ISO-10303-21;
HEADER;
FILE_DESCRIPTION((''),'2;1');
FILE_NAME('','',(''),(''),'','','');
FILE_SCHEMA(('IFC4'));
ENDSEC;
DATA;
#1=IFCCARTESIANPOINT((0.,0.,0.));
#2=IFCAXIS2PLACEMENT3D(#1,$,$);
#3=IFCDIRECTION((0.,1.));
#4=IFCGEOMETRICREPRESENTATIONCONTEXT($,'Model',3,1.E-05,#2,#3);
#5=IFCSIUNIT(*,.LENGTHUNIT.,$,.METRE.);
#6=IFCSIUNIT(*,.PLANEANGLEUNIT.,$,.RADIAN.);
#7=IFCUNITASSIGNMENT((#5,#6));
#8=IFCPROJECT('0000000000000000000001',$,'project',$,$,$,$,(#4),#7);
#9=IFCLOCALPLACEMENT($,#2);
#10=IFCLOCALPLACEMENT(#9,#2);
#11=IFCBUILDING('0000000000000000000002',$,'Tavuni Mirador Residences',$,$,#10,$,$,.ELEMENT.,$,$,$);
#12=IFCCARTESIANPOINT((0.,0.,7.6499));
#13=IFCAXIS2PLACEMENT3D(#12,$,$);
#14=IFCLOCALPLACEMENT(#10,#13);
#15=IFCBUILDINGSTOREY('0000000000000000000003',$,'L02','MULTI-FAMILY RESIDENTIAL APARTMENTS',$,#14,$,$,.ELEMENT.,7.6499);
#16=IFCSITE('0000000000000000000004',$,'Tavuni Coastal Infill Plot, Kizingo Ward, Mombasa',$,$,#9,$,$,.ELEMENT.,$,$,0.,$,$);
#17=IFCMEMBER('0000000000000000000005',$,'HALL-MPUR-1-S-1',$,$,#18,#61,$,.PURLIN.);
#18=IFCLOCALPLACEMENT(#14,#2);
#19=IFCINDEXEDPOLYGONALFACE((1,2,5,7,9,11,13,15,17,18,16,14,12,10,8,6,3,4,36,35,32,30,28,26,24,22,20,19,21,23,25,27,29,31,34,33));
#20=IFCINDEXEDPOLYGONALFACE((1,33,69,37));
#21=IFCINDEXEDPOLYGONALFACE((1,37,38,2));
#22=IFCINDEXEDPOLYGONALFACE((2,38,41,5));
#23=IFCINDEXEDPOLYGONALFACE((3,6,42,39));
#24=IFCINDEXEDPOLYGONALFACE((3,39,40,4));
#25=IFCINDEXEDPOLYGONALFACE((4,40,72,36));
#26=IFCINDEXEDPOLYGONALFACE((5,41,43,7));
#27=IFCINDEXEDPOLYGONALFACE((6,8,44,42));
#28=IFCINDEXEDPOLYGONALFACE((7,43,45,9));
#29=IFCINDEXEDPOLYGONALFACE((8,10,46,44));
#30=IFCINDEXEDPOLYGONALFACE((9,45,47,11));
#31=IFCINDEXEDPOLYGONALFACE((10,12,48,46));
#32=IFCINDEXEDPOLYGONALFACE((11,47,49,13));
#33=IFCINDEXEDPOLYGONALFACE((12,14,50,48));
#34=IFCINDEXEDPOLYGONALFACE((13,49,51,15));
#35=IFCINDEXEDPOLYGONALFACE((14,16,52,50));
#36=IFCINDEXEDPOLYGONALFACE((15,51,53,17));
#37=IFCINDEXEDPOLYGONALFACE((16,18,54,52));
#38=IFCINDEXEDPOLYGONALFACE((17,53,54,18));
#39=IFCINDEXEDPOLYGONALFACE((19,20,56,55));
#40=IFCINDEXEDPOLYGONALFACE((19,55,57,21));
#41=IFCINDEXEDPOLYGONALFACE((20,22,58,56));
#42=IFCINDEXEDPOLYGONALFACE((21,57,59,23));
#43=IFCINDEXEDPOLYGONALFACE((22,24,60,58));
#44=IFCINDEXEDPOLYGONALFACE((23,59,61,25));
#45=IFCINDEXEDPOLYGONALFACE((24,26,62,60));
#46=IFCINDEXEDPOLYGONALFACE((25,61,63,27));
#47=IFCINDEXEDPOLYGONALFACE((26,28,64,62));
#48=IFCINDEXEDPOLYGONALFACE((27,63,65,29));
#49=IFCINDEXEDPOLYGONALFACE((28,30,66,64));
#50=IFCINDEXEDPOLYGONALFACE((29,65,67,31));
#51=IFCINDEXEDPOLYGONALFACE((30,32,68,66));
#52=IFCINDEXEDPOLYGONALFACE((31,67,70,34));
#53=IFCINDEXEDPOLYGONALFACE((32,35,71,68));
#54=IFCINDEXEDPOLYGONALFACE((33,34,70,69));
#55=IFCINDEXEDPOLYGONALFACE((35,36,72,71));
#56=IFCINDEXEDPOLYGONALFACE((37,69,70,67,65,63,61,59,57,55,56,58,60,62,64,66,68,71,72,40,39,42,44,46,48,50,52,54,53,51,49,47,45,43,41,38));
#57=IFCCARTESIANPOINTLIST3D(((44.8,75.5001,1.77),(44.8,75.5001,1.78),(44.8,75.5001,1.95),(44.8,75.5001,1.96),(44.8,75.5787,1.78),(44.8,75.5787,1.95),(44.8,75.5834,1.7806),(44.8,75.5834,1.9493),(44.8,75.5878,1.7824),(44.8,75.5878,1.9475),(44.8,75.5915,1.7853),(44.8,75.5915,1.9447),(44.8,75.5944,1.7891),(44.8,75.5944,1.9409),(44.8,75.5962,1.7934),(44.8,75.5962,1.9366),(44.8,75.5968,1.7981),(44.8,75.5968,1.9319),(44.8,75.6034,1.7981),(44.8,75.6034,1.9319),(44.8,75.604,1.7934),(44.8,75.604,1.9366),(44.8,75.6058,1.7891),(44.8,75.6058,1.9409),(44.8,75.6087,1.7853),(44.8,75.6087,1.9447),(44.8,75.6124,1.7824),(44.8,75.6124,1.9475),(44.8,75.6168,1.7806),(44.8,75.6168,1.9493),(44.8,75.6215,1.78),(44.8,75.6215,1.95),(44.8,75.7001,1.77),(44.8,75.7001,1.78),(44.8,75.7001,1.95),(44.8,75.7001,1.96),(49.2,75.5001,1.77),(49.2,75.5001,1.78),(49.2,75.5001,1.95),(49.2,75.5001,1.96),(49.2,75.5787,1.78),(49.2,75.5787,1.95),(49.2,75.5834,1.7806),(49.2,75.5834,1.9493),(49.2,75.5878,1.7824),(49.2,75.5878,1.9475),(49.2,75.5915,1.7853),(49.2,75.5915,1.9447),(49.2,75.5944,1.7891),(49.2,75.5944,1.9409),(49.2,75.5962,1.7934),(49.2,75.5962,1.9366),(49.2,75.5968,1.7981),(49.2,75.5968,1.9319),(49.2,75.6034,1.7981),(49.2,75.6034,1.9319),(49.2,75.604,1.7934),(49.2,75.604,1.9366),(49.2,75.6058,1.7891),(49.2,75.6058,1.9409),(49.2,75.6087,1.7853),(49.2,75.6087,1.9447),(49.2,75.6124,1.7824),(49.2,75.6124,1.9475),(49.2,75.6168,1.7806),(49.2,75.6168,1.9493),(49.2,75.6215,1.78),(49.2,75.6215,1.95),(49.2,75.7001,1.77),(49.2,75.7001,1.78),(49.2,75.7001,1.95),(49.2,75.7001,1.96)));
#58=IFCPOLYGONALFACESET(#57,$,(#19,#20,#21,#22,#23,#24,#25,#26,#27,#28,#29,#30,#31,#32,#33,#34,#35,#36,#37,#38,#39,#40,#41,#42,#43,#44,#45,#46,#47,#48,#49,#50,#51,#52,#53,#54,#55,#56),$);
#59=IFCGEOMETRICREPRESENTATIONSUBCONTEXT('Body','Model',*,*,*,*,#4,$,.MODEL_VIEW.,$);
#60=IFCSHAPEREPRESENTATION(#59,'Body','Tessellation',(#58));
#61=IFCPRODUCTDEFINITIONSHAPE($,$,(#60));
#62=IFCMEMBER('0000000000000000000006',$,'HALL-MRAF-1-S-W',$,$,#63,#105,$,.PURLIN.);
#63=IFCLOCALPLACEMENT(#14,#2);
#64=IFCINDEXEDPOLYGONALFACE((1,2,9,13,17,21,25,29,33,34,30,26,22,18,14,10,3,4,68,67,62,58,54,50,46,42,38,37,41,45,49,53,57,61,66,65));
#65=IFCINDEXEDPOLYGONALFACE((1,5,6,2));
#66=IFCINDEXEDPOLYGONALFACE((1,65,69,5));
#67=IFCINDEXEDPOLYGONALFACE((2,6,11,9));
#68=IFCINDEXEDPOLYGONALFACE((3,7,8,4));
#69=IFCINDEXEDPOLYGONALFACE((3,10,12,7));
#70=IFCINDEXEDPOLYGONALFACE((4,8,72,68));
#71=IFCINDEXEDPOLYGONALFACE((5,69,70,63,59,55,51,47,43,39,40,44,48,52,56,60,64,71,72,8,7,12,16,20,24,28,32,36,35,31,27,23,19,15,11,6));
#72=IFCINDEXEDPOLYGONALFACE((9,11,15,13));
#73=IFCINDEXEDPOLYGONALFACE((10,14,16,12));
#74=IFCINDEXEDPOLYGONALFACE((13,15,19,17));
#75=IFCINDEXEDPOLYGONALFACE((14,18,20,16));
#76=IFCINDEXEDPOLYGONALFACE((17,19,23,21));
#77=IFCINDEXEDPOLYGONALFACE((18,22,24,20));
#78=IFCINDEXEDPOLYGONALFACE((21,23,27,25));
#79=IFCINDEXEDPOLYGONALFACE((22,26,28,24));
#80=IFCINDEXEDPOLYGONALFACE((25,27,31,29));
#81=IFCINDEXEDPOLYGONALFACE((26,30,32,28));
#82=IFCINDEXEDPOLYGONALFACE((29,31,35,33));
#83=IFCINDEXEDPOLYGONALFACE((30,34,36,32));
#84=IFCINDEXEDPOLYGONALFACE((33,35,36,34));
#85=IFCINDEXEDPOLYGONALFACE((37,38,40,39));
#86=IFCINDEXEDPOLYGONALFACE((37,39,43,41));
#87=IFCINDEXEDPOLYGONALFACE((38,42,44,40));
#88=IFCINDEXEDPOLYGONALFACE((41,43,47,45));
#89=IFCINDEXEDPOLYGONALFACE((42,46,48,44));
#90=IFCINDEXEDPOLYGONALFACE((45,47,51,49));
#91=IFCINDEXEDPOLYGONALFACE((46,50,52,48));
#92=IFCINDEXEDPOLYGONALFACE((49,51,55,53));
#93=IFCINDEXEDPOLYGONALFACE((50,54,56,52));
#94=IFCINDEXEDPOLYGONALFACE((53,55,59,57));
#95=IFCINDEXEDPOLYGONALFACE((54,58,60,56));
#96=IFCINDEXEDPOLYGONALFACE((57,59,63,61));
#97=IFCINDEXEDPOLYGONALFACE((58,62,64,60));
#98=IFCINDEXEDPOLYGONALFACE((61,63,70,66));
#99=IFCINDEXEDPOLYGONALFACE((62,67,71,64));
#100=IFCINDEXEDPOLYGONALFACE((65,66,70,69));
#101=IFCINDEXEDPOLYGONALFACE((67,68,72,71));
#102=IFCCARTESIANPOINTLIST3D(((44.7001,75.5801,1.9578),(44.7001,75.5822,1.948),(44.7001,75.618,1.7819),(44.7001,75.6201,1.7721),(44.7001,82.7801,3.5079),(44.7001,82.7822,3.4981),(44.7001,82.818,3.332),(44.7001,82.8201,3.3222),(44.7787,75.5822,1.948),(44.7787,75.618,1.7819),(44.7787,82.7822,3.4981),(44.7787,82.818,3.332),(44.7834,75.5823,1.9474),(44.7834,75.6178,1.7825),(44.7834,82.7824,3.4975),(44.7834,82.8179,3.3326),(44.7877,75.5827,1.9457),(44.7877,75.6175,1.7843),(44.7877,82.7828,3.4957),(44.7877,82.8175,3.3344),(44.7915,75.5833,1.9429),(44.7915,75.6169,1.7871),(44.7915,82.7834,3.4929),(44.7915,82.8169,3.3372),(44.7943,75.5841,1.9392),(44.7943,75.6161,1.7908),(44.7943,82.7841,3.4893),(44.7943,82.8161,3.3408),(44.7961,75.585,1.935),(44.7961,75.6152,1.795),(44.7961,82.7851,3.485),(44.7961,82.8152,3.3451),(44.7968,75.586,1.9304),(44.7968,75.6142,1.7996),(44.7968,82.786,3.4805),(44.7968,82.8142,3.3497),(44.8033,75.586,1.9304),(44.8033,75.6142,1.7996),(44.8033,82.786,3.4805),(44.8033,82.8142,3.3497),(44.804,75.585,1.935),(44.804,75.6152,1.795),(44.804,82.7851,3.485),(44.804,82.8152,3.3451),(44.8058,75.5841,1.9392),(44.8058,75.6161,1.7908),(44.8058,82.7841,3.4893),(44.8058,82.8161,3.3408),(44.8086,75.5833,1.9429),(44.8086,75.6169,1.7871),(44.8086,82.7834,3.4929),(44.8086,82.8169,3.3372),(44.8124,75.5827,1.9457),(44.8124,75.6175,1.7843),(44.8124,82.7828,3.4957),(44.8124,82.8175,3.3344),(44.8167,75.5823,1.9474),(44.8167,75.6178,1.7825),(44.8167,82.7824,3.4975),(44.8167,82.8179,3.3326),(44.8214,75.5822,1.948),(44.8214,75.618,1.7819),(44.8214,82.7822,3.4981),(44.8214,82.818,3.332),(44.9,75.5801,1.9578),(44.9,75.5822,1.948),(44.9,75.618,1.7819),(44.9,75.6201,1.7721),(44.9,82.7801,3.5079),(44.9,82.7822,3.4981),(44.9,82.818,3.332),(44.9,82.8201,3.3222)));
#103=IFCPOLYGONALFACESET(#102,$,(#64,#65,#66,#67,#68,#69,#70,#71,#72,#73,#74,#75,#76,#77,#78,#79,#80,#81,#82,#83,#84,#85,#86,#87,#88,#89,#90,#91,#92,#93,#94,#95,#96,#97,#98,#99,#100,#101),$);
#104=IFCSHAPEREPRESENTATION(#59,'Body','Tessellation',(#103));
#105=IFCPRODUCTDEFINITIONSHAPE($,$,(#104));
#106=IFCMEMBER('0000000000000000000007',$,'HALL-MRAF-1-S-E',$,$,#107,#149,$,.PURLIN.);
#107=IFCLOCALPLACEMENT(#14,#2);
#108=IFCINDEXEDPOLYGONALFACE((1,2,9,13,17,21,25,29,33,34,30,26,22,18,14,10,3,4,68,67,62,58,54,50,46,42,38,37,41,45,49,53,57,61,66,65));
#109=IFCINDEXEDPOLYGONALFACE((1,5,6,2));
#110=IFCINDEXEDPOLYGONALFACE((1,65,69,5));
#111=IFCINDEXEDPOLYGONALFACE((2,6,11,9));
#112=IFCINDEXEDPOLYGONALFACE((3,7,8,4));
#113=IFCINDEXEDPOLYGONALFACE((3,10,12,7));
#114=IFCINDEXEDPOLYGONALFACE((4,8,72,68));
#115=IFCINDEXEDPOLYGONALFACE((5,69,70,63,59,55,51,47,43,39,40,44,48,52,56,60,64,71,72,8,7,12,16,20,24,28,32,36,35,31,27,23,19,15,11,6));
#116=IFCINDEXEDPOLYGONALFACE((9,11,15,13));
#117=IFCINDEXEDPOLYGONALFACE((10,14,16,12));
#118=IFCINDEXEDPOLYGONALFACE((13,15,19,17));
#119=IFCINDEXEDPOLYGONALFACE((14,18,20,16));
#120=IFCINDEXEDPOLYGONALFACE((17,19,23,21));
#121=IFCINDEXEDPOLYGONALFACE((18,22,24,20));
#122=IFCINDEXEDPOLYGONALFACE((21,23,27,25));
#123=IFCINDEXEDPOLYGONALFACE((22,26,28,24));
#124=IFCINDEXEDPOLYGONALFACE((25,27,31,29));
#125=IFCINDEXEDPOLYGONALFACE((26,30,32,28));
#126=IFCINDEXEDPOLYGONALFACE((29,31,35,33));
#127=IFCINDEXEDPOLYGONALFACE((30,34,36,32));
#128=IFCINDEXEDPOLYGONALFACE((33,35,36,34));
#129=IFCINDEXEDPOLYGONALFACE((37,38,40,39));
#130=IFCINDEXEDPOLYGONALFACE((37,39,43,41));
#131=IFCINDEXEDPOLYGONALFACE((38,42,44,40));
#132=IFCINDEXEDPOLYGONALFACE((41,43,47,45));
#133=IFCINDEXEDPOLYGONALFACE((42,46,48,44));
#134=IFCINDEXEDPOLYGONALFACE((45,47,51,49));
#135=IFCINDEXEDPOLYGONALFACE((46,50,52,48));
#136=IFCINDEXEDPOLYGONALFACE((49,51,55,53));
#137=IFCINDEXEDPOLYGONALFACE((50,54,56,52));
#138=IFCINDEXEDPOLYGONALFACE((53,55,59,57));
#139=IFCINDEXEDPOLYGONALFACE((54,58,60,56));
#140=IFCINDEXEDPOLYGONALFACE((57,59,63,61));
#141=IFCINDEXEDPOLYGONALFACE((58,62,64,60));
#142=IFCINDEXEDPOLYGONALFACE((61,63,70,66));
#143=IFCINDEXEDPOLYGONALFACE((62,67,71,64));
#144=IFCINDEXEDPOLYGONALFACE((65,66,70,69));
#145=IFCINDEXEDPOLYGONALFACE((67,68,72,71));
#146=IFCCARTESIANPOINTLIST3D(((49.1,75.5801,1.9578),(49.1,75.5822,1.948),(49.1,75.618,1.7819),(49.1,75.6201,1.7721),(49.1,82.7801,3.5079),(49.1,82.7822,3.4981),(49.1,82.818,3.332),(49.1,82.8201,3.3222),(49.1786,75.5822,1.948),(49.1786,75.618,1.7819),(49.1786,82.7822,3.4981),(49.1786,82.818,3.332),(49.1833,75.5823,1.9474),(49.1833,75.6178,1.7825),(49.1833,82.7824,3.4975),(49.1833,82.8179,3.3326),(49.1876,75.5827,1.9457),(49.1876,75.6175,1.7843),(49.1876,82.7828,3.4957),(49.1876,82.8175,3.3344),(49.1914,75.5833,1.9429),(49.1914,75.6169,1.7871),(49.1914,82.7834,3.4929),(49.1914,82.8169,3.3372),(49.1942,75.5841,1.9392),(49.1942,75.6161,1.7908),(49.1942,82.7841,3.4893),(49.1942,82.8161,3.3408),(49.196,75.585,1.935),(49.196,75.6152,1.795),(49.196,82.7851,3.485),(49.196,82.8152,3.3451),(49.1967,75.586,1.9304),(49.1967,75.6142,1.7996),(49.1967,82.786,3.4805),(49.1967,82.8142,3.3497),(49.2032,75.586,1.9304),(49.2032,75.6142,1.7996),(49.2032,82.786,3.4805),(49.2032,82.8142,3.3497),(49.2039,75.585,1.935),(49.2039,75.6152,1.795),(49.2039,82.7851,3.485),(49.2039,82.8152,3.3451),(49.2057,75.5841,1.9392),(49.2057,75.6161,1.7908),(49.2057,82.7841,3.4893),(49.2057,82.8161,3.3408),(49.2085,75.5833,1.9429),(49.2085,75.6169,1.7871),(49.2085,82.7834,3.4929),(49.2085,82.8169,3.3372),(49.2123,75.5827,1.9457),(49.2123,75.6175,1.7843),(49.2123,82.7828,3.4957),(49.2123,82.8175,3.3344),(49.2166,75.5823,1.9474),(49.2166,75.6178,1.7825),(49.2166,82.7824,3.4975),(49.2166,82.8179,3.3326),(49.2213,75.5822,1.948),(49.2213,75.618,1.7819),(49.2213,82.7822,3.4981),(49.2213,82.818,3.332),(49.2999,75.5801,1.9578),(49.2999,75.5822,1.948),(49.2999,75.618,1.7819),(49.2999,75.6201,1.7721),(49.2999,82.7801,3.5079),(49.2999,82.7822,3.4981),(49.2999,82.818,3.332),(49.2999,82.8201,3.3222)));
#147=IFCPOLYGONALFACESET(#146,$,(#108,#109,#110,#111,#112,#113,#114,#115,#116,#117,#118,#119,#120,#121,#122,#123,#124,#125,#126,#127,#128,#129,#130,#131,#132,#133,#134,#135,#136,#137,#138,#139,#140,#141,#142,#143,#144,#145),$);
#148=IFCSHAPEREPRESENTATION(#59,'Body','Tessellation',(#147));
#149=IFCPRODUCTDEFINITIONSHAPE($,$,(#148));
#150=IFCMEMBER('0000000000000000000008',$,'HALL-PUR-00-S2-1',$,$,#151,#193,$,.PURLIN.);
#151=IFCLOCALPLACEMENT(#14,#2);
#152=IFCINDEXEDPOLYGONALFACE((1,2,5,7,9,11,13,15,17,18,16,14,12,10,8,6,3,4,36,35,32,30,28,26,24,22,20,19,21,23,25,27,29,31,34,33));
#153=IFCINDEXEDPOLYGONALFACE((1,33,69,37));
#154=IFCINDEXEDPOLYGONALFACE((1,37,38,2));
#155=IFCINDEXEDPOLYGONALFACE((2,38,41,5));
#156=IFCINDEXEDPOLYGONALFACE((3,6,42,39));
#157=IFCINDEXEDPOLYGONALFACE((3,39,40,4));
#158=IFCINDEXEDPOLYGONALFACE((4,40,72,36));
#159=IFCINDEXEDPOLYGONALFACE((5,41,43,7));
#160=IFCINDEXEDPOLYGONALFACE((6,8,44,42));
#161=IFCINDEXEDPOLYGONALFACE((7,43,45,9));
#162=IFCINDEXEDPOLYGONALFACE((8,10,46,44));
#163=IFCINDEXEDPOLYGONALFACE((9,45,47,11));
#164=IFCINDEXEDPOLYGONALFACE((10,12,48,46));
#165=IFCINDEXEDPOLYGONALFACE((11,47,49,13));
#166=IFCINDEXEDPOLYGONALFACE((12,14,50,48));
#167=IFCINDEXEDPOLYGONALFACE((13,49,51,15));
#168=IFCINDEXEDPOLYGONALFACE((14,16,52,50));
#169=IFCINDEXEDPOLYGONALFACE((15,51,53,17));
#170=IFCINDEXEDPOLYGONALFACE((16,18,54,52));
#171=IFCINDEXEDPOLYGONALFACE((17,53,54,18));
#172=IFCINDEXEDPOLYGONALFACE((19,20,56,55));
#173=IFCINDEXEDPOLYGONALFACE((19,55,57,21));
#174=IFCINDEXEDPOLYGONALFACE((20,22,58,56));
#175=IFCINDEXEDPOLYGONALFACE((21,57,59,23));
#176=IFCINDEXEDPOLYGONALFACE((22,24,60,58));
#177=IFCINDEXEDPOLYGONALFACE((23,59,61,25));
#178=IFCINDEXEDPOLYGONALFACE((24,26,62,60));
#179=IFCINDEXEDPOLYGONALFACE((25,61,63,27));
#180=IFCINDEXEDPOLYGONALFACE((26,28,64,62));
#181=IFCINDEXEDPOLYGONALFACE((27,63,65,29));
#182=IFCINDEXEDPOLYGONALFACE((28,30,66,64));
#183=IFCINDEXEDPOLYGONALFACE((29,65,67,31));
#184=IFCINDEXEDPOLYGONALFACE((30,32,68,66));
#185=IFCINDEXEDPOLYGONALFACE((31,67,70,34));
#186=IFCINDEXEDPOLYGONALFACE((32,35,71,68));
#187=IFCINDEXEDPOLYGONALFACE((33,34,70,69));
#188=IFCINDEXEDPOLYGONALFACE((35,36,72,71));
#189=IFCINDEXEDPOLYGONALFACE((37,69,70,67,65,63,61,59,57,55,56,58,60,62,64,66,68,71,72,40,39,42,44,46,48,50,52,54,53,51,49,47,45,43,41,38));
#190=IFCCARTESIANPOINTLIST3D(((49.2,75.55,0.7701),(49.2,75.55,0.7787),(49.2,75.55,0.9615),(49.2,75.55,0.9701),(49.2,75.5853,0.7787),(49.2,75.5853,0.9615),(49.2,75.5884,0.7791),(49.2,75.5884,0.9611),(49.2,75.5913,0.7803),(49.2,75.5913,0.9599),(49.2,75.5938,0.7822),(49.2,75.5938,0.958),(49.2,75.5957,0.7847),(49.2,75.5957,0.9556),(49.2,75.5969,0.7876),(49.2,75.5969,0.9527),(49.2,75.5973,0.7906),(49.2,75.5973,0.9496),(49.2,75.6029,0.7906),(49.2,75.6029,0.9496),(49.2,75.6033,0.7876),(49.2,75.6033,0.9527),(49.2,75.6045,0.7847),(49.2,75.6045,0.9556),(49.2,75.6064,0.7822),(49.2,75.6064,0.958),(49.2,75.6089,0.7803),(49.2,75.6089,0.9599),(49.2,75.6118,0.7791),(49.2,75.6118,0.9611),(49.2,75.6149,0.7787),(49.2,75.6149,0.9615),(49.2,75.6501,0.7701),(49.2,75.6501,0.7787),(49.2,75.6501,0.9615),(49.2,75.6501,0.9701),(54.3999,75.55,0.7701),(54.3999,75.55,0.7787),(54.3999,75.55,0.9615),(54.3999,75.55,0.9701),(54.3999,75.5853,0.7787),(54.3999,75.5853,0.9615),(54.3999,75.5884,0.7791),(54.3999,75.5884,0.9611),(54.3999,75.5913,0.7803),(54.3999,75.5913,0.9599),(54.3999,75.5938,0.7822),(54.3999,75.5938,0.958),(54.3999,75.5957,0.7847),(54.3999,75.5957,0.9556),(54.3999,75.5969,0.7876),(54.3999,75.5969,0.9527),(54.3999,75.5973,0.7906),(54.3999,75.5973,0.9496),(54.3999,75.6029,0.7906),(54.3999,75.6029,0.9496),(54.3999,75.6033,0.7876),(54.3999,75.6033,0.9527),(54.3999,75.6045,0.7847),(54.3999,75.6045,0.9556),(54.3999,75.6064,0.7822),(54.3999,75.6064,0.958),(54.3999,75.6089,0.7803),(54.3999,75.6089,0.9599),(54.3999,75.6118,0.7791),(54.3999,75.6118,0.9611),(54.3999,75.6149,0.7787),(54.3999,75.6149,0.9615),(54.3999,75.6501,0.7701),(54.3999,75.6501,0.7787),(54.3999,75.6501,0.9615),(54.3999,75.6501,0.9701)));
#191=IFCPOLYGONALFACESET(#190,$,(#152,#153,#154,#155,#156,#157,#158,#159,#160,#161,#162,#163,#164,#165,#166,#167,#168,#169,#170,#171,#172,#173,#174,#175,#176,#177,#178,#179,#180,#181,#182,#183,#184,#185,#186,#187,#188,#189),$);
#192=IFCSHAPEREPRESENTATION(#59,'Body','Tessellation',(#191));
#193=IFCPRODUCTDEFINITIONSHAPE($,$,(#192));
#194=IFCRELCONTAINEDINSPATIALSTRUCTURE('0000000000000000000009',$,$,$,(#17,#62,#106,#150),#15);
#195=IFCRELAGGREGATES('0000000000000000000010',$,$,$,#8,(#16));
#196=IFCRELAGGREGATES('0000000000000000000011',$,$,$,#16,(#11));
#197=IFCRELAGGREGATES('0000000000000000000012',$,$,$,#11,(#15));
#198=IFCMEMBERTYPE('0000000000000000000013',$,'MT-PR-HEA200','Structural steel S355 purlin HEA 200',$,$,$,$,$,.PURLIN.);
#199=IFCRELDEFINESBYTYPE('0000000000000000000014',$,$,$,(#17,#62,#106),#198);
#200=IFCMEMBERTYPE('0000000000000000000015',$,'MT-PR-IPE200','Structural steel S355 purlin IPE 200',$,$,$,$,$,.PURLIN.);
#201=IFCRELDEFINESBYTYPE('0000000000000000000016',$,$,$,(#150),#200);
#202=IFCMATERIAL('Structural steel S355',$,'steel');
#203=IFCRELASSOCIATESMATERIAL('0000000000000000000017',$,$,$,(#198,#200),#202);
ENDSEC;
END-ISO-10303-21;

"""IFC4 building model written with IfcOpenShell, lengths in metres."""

from ifc_helpers import new_model, si_unit, direction, frame, origin, origin_2d, place, context, subcontext, project, spatial, i_section, extrude, material, material_profile, profile_set, type_object, element, save


model = new_model("IFC4")

# Units and contexts
model_context = context("Model", 3, precision=1e-05, world=origin(), true_north=direction((0.0, 1.0)))
body_context = subcontext(model_context, "Body", "Model", "MODEL_VIEW")
ifc_project = project(units=[si_unit("LENGTHUNIT", "METRE"), si_unit("PLANEANGLEUNIT", "RADIAN")], contexts=[model_context])

# Site, building, storey
site_placement = place(None, origin())
site = spatial("IfcSite", under=ifc_project, at=site_placement, Name="Tavuni Coastal Infill Plot, Kizingo Ward, Mombasa", CompositionType="ELEMENT", RefElevation=0.0)
building_placement = place(site_placement, origin())
building = spatial("IfcBuilding", under=site, at=building_placement, Name="Tavuni Mirador Residences", CompositionType="ELEMENT")
storey_placement = place(building_placement, frame((0.0, 0.0, 7.6499)))
storey = spatial("IfcBuildingStorey", under=building, at=storey_placement, Name="L02", Description="MULTI-FAMILY RESIDENTIAL APARTMENTS", CompositionType="ELEMENT", Elevation=7.6499)

# Members
ifc_material_1 = material(Name="Structural steel S355", Category="steel")
ifc_material_profile_1 = material_profile(ifc_material_1, i_section(OverallWidth=0.2, OverallDepth=0.1899, WebThickness=0.0066, FlangeThickness=0.01, FilletRadius=0.0181, at=origin_2d()), Name="HEA 200", Category="steel")
ifc_profile_set_1 = profile_set([ifc_material_profile_1], Name="Structural steel S355")
member_type_1 = type_object("IfcMemberType", Name="MT-PR-HEA200", Description="Structural steel S355 purlin HEA 200", PredefinedType="PURLIN", material=ifc_profile_set_1)
member_1_placement = place(storey_placement, frame((44.8, 75.6001, 1.865), z_axis=(1.0, 0.0, 0.0), x_axis=(0.0, 1.0, 0.0)))
element("IfcMember", 1, at=member_1_placement, inside=storey, type_object=member_type_1, Name="HALL-MPUR-1-S-1", PredefinedType="PURLIN", context=body_context, shape_type="SweptSolid", body=[
    extrude(i_section(OverallWidth=0.2, OverallDepth=0.1899, WebThickness=0.0066, FlangeThickness=0.01, FilletRadius=0.0181, at=origin_2d()), origin(), (0.0, 0.0, 1.0), 4.3999),
])
for number, where, z_axis, x_axis, name in (
    (2, (44.8, 75.6001, 1.865), (0.0, 0.977602, 0.210464), (-1.0, 0.0, 0.0), "HALL-MRAF-1-S-W"),
    (3, (49.2, 75.6001, 1.865), (0.0, 0.977602, 0.210464), (-1.0, 0.0, 0.0), "HALL-MRAF-1-S-E"),
):
    element("IfcMember", number, at=place(storey_placement, frame(where, z_axis=z_axis, x_axis=x_axis)), inside=storey, type_object=member_type_1, Name=name, PredefinedType="PURLIN", context=body_context, shape_type="SweptSolid", body=[
        extrude(i_section(OverallWidth=0.2, OverallDepth=0.1899, WebThickness=0.0066, FlangeThickness=0.01, FilletRadius=0.0181, at=origin_2d()), origin(), (0.0, 0.0, 1.0), 7.365),
    ])
ifc_material_profile_2 = material_profile(ifc_material_1, i_section(OverallWidth=0.1001, OverallDepth=0.2, WebThickness=0.0056, FlangeThickness=0.0085, FilletRadius=0.012, at=origin_2d()), Name="IPE 200", Category="steel")
ifc_profile_set_2 = profile_set([ifc_material_profile_2], Name="Structural steel S355")
member_type_2 = type_object("IfcMemberType", Name="MT-PR-IPE200", Description="Structural steel S355 purlin IPE 200", PredefinedType="PURLIN", material=ifc_profile_set_2)
member_2_placement = place(storey_placement, frame((49.2, 75.6001, 0.8701), z_axis=(1.0, 0.0, 0.0), x_axis=(0.0, 1.0, 0.0)))
element("IfcMember", 4, at=member_2_placement, inside=storey, type_object=member_type_2, Name="HALL-PUR-00-S2-1", PredefinedType="PURLIN", context=body_context, shape_type="SweptSolid", body=[
    extrude(i_section(OverallWidth=0.1001, OverallDepth=0.2, WebThickness=0.0056, FlangeThickness=0.0085, FilletRadius=0.012, at=origin_2d()), origin(), (0.0, 0.0, 1.0), 5.2),
])

save(model, "model.ifc")
